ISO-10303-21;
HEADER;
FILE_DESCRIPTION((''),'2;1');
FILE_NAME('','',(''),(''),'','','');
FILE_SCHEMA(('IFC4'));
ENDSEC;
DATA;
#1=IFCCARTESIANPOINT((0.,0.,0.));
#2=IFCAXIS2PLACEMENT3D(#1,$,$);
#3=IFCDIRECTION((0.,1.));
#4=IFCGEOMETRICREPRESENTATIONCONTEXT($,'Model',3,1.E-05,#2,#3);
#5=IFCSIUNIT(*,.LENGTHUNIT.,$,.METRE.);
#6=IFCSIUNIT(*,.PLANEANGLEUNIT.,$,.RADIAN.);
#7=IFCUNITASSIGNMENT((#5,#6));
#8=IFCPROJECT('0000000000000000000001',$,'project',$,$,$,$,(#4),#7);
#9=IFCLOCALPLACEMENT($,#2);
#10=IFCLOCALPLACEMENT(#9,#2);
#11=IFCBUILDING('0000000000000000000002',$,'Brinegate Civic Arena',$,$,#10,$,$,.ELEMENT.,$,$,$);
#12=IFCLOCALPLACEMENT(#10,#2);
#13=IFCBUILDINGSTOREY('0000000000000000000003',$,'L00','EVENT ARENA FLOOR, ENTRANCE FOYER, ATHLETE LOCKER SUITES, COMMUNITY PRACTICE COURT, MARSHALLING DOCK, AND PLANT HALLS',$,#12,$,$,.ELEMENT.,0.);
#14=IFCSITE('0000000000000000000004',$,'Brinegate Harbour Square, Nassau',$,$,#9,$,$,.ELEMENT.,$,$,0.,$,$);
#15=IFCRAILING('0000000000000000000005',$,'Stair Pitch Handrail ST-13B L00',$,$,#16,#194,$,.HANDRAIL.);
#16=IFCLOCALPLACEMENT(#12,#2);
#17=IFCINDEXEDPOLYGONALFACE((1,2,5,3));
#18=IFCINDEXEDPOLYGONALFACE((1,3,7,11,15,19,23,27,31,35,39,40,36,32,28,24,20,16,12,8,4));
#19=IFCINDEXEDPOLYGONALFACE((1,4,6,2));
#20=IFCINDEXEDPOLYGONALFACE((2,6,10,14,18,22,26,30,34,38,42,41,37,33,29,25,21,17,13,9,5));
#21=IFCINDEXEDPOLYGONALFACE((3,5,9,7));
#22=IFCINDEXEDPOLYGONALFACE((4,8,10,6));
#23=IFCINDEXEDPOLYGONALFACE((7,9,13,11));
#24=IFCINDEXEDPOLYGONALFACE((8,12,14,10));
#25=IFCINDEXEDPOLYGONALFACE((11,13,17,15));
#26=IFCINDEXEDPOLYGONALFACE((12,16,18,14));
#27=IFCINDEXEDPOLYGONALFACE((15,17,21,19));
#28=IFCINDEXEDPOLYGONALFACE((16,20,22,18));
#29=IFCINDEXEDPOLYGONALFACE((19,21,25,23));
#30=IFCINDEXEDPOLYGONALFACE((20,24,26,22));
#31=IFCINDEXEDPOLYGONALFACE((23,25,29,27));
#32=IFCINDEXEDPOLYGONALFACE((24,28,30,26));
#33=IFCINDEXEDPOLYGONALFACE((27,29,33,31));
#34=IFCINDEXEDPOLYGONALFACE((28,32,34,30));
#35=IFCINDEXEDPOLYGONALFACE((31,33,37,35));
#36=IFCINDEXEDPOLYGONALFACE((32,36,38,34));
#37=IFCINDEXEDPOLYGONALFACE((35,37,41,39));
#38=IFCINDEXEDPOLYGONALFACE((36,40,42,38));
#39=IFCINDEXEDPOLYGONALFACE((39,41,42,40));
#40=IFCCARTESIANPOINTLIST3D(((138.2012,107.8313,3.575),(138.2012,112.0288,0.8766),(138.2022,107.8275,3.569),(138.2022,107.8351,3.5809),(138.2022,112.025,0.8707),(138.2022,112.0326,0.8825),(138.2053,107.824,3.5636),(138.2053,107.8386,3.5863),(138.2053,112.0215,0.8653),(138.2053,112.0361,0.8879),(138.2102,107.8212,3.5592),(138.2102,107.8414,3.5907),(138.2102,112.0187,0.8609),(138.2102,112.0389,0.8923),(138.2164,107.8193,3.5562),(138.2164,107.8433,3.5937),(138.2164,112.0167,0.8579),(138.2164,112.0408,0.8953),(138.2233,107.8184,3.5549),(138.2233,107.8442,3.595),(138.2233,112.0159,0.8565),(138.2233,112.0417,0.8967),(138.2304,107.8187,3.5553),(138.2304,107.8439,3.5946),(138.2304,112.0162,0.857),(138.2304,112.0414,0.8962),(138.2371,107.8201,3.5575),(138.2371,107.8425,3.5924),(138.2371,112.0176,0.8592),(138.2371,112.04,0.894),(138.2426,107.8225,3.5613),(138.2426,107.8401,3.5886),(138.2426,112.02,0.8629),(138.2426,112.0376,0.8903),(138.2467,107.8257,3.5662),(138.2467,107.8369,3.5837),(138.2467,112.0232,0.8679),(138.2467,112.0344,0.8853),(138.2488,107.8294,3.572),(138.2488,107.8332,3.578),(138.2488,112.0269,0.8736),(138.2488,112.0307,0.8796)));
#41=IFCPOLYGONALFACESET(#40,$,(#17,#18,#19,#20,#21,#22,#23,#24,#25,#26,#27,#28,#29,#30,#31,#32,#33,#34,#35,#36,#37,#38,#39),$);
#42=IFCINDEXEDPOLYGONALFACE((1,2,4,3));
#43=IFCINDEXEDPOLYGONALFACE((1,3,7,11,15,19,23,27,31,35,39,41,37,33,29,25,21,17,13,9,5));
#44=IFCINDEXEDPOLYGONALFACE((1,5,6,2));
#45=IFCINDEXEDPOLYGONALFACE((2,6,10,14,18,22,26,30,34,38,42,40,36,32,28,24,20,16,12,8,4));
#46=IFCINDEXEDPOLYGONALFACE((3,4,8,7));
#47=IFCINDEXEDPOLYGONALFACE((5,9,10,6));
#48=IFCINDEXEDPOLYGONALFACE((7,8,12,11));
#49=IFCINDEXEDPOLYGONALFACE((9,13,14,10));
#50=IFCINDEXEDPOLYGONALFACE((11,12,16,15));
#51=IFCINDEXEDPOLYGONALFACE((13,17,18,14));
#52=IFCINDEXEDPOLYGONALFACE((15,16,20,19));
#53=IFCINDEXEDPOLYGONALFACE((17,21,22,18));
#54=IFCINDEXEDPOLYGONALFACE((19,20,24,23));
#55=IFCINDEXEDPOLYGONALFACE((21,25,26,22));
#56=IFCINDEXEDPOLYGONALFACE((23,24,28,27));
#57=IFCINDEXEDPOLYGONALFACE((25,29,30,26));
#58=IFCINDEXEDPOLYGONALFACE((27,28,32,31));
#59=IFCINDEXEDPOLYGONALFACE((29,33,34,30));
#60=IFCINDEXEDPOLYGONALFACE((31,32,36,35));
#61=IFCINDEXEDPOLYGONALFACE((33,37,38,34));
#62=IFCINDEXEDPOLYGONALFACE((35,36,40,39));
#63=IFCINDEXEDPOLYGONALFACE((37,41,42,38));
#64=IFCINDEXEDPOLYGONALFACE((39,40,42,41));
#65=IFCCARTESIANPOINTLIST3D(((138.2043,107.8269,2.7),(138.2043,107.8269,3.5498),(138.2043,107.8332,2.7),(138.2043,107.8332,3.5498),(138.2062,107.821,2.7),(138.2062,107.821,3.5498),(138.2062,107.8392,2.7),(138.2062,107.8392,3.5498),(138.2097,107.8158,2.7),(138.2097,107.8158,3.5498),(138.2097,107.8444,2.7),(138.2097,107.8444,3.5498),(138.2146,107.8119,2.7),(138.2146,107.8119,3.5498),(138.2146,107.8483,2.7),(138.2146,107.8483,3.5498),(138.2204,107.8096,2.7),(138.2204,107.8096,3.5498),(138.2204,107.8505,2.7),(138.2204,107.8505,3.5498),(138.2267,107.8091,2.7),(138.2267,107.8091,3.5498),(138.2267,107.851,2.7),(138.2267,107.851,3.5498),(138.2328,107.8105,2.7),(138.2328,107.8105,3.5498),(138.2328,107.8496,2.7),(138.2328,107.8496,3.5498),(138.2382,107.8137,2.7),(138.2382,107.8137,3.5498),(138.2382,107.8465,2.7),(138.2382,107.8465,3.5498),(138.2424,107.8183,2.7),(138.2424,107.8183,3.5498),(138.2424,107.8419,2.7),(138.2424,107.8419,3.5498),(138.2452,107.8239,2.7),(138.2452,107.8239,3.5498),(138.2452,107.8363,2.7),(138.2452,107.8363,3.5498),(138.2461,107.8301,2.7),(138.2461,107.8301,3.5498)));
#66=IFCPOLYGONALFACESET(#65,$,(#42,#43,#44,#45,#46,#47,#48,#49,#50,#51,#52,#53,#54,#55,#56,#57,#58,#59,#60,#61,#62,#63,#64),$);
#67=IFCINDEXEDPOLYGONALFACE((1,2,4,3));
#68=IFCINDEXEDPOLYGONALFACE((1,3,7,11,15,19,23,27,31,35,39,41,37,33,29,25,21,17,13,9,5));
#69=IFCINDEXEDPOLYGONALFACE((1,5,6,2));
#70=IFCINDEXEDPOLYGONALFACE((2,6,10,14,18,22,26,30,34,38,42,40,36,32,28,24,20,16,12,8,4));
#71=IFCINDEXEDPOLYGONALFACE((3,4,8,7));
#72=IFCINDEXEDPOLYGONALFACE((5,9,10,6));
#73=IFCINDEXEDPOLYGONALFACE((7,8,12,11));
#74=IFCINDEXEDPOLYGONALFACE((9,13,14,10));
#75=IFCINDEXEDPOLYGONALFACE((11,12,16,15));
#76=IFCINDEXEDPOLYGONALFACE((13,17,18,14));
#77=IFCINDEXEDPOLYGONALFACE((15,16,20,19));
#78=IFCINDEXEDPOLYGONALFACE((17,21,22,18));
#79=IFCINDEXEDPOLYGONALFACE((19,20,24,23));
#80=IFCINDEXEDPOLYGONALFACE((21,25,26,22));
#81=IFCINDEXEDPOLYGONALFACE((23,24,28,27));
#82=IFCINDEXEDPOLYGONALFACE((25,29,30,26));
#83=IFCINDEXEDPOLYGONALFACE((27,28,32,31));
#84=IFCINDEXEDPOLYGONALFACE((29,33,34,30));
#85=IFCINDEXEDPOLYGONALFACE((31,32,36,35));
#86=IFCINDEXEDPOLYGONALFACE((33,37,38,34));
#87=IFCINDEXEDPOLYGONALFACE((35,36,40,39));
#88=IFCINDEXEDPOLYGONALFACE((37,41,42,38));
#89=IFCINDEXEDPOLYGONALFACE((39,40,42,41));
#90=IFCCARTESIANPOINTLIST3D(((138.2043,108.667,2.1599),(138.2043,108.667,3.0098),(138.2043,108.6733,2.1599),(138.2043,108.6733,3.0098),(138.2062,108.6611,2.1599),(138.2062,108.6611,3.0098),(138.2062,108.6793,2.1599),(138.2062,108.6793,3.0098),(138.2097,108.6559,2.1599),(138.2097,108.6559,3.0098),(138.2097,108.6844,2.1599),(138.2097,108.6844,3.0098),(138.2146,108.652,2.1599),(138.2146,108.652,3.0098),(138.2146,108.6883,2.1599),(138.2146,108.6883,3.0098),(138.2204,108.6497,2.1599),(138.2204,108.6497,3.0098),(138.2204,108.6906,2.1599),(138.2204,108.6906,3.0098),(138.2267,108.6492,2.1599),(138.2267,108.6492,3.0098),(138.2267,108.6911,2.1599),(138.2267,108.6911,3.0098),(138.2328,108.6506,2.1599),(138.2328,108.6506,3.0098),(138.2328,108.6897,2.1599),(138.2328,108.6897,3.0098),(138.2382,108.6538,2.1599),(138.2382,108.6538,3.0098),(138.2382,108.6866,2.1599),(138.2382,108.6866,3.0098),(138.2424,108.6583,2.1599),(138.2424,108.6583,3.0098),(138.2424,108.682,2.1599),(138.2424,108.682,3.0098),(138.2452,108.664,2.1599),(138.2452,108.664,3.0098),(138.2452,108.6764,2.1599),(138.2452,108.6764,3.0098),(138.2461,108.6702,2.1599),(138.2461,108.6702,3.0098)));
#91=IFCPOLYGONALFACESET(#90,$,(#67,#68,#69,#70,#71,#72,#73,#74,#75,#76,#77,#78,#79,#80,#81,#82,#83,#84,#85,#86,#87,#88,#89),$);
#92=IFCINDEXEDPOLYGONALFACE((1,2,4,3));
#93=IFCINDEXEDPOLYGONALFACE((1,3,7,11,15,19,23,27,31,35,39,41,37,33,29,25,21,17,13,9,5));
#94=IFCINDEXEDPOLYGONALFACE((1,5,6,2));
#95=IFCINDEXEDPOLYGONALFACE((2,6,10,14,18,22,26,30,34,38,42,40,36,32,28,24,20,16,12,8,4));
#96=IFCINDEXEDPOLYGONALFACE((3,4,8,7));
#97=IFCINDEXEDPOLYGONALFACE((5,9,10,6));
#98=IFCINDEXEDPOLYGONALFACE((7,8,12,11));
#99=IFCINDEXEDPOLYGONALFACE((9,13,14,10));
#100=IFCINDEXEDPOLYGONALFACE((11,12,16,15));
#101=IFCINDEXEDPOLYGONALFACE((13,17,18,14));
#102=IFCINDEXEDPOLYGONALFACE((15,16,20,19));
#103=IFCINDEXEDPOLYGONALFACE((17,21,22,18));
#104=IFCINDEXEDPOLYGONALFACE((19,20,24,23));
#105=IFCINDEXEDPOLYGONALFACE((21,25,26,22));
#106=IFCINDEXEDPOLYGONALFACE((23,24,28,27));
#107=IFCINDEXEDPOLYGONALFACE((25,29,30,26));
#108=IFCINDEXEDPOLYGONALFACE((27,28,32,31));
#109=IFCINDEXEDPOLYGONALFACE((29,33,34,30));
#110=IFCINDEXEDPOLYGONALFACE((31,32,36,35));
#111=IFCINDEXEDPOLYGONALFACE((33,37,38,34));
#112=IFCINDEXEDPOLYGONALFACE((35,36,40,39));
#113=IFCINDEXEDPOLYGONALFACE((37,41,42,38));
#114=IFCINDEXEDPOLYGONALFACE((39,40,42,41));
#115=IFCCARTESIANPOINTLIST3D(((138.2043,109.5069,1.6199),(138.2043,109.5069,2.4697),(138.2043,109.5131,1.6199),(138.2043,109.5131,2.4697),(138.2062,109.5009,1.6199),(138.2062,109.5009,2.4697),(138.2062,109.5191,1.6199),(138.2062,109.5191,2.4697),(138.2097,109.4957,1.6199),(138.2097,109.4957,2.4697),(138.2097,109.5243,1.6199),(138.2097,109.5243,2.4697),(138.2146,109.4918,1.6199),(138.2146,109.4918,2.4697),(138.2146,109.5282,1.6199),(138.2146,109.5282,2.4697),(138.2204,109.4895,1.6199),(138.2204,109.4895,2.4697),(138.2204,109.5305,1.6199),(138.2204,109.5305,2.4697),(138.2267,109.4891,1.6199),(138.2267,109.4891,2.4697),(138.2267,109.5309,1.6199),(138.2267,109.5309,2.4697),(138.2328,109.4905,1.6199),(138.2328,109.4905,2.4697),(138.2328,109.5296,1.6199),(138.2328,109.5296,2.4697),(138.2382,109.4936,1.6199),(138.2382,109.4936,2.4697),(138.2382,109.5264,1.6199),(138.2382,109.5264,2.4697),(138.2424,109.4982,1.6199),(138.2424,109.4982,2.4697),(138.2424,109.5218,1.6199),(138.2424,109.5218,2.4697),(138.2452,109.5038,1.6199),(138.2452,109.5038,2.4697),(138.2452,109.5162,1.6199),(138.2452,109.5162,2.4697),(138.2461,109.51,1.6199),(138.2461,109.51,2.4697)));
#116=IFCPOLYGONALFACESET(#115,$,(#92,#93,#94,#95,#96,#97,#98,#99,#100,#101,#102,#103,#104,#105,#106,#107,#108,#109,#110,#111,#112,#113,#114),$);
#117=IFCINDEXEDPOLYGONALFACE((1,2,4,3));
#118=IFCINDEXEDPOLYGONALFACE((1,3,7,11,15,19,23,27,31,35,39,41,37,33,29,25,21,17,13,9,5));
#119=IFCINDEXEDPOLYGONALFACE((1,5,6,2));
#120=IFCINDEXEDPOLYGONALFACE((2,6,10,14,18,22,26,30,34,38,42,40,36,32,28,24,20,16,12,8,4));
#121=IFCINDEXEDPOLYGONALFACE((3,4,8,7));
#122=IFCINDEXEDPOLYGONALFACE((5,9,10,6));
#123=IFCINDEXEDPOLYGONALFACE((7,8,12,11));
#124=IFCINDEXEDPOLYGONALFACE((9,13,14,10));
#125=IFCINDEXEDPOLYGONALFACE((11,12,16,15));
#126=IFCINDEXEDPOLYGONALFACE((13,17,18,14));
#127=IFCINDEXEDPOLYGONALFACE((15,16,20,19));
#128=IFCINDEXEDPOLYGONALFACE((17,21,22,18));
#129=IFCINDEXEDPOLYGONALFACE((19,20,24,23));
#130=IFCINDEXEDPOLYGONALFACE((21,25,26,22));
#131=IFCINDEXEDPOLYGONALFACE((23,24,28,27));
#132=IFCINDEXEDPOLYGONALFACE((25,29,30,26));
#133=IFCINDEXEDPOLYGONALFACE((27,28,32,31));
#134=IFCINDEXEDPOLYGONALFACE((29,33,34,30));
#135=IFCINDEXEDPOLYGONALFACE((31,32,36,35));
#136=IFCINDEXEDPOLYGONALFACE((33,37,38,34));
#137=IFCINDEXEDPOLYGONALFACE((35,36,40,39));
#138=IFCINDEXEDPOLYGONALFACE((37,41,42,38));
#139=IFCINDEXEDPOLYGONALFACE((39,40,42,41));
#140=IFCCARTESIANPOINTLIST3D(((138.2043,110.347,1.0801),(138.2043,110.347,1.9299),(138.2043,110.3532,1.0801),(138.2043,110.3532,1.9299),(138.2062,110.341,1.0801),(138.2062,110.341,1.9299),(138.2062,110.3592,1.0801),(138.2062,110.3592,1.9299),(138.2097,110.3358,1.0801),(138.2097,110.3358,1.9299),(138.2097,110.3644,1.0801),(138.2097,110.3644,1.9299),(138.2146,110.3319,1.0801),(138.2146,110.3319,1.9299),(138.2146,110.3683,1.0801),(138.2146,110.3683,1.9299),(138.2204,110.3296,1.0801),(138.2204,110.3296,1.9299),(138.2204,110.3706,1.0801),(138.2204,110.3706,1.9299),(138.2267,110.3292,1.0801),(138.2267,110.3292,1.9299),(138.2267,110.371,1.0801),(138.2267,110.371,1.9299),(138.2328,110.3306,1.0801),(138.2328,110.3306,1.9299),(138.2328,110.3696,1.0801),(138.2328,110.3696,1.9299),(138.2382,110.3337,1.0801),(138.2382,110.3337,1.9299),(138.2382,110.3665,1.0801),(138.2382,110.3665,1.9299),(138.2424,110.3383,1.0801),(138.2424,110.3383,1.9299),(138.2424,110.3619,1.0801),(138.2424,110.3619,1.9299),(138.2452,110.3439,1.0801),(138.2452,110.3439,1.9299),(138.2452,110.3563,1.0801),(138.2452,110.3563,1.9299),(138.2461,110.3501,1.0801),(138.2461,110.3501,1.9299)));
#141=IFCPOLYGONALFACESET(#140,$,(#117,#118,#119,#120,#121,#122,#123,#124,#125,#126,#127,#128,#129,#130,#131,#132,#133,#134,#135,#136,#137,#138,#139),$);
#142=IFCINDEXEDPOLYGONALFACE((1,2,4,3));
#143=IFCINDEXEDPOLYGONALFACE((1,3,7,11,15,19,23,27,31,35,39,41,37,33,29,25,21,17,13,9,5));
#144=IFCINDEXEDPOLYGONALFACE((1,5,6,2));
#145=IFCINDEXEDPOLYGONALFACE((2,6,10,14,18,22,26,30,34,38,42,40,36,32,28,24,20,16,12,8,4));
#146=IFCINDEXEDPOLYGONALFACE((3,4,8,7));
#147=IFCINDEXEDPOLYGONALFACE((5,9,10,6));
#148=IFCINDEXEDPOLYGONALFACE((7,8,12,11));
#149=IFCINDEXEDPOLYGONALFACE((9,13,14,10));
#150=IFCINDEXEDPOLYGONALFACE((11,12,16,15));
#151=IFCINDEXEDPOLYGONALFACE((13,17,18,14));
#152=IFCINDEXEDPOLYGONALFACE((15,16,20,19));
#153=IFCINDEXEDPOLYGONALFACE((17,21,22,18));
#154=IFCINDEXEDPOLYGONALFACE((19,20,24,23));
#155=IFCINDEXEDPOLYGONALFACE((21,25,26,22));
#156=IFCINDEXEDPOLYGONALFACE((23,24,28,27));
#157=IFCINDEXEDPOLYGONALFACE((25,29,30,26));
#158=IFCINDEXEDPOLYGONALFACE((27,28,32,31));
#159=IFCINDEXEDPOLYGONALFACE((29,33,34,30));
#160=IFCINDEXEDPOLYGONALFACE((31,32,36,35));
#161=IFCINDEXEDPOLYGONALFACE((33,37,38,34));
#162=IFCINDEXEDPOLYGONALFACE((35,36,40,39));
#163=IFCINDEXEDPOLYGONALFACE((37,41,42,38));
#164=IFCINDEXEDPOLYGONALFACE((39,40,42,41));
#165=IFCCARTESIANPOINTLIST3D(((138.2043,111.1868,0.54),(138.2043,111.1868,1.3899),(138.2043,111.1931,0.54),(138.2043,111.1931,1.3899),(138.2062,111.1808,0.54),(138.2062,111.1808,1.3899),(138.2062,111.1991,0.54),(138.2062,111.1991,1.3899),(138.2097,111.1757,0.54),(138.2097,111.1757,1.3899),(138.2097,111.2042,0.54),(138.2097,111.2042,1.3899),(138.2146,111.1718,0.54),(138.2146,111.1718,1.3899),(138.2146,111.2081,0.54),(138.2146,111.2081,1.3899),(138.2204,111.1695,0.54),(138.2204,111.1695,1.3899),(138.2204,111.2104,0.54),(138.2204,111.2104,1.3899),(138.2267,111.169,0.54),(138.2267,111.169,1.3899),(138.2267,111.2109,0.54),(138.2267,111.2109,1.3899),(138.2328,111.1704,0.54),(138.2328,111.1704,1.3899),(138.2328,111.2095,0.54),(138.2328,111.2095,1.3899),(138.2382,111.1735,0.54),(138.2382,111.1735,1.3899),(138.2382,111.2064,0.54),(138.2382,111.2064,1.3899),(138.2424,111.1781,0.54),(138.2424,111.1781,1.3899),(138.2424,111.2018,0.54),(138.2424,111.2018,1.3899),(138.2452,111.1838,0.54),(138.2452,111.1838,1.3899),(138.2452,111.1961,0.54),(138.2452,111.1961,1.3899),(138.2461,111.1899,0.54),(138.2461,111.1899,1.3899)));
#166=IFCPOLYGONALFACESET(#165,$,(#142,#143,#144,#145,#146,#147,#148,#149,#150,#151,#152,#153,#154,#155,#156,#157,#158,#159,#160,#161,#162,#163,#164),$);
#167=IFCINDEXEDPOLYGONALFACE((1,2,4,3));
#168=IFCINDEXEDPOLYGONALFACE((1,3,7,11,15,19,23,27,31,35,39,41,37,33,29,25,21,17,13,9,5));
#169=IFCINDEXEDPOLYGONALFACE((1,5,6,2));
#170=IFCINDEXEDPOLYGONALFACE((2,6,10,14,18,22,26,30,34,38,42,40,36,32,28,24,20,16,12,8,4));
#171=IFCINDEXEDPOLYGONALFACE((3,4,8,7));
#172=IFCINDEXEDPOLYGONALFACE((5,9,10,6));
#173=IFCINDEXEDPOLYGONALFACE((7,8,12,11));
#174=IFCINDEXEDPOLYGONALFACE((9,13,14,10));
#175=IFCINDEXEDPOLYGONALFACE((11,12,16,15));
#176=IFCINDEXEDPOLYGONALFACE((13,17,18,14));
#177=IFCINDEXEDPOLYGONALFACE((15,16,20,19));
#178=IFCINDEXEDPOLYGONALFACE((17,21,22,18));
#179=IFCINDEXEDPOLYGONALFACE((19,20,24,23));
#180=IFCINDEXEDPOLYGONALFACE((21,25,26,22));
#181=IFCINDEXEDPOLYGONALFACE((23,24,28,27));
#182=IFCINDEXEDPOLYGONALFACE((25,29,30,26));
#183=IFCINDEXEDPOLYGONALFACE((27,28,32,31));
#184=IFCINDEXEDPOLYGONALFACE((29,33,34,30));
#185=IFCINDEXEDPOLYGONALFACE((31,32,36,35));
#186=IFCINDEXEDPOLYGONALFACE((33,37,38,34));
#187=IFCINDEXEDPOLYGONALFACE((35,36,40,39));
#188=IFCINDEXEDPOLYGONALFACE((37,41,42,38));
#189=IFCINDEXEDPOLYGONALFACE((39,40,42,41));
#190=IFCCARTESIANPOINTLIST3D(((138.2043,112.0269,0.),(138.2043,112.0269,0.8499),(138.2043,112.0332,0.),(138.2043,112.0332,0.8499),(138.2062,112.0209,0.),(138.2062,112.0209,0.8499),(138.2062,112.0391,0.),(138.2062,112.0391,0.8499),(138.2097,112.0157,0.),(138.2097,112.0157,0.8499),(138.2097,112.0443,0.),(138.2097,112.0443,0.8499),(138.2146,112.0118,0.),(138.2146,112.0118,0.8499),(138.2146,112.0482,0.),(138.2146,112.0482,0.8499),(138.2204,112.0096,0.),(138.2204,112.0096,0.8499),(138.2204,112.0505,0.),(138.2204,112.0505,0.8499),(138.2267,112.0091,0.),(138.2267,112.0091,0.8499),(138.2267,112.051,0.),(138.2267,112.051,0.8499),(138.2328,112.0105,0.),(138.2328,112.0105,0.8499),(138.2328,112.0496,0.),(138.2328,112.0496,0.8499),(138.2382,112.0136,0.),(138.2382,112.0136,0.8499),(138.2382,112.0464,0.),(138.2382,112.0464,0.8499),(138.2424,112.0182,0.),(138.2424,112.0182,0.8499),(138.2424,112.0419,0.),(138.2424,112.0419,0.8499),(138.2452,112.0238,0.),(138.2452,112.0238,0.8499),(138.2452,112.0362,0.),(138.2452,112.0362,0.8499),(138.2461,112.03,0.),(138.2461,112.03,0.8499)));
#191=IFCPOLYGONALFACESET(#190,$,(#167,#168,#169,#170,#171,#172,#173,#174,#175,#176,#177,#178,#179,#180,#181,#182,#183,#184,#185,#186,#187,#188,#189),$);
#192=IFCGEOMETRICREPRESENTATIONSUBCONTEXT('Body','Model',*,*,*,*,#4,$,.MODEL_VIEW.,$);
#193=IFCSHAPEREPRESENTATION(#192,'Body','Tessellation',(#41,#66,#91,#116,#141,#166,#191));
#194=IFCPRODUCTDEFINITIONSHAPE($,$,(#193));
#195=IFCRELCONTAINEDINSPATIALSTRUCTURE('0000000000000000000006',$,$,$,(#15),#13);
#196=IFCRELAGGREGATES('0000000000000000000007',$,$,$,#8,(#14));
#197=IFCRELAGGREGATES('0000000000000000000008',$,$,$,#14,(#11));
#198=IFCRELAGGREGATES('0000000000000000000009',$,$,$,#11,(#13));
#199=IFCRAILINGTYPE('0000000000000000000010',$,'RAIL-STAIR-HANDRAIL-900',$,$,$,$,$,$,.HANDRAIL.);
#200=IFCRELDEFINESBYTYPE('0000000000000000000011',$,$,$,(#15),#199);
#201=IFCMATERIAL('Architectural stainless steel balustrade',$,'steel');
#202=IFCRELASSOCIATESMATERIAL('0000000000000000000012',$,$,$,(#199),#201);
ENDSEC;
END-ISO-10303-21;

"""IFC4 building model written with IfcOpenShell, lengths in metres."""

from ifc_helpers import new_model, si_unit, direction, frame, origin, origin_2d, place, context, subcontext, project, spatial, circle, extrude, material, type_object, element, save


model = new_model("IFC4")

# Units and contexts
model_context = context("Model", 3, precision=1e-05, world=origin(), true_north=direction((0.0, 1.0)))
body_context = subcontext(model_context, "Body", "Model", "MODEL_VIEW")
ifc_project = project(units=[si_unit("LENGTHUNIT", "METRE"), si_unit("PLANEANGLEUNIT", "RADIAN")], contexts=[model_context])

# Site, building, storey
site_placement = place(None, origin())
site = spatial("IfcSite", under=ifc_project, at=site_placement, Name="Brinegate Harbour Square, Nassau", CompositionType="ELEMENT", RefElevation=0.0)
building_placement = place(site_placement, origin())
building = spatial("IfcBuilding", under=site, at=building_placement, Name="Brinegate Civic Arena", CompositionType="ELEMENT")
storey_placement = place(building_placement, origin())
storey = spatial("IfcBuildingStorey", under=building, at=storey_placement, Name="L00", Description="EVENT ARENA FLOOR, ENTRANCE FOYER, ATHLETE LOCKER SUITES, COMMUNITY PRACTICE COURT, MARSHALLING DOCK, AND PLANT HALLS", CompositionType="ELEMENT", Elevation=0.0)

# Railing
ifc_material_1 = material(Name="Architectural stainless steel balustrade", Category="steel")
railing_type = type_object("IfcRailingType", Name="RAIL-STAIR-HANDRAIL-900", PredefinedType="HANDRAIL", material=ifc_material_1)
for number, where, name in (
    (1, (138.2251, 107.8301, 2.7), "Stair Pitch Handrail ST-13B L00"),
):
    element("IfcRailing", number, at=place(storey_placement, frame(where)), inside=storey, type_object=railing_type, Name=name, PredefinedType="HANDRAIL", context=body_context, shape_type="SweptSolid", body=[
        extrude(circle(Radius=0.0239, at=origin_2d()), frame((0.0, 0.0012, 0.875), z_axis=(0.0, 0.84118, -0.540755), x_axis=(-1.0, 0.0, 0.0)), (0.0, 0.0, 1.0), 4.99),
        extrude(circle(Radius=0.021, at=origin_2d()), origin(), (0.0, 0.0, 1.0), 0.8499),
        extrude(circle(Radius=0.021, at=origin_2d()), frame((0.0, 0.8401, -0.54)), (0.0, 0.0, 1.0), 0.8499),
        extrude(circle(Radius=0.021, at=origin_2d()), frame((0.0, 1.6799, -1.0801)), (0.0, 0.0, 1.0), 0.8499),
        extrude(circle(Radius=0.021, at=origin_2d()), frame((0.0, 2.52, -1.6199)), (0.0, 0.0, 1.0), 0.8499),
        extrude(circle(Radius=0.021, at=origin_2d()), frame((0.0, 3.3599, -2.1599)), (0.0, 0.0, 1.0), 0.8499),
        extrude(circle(Radius=0.021, at=origin_2d()), frame((0.0, 4.2, -2.7)), (0.0, 0.0, 1.0), 0.8499),
    ])

save(model, "model.ifc")
